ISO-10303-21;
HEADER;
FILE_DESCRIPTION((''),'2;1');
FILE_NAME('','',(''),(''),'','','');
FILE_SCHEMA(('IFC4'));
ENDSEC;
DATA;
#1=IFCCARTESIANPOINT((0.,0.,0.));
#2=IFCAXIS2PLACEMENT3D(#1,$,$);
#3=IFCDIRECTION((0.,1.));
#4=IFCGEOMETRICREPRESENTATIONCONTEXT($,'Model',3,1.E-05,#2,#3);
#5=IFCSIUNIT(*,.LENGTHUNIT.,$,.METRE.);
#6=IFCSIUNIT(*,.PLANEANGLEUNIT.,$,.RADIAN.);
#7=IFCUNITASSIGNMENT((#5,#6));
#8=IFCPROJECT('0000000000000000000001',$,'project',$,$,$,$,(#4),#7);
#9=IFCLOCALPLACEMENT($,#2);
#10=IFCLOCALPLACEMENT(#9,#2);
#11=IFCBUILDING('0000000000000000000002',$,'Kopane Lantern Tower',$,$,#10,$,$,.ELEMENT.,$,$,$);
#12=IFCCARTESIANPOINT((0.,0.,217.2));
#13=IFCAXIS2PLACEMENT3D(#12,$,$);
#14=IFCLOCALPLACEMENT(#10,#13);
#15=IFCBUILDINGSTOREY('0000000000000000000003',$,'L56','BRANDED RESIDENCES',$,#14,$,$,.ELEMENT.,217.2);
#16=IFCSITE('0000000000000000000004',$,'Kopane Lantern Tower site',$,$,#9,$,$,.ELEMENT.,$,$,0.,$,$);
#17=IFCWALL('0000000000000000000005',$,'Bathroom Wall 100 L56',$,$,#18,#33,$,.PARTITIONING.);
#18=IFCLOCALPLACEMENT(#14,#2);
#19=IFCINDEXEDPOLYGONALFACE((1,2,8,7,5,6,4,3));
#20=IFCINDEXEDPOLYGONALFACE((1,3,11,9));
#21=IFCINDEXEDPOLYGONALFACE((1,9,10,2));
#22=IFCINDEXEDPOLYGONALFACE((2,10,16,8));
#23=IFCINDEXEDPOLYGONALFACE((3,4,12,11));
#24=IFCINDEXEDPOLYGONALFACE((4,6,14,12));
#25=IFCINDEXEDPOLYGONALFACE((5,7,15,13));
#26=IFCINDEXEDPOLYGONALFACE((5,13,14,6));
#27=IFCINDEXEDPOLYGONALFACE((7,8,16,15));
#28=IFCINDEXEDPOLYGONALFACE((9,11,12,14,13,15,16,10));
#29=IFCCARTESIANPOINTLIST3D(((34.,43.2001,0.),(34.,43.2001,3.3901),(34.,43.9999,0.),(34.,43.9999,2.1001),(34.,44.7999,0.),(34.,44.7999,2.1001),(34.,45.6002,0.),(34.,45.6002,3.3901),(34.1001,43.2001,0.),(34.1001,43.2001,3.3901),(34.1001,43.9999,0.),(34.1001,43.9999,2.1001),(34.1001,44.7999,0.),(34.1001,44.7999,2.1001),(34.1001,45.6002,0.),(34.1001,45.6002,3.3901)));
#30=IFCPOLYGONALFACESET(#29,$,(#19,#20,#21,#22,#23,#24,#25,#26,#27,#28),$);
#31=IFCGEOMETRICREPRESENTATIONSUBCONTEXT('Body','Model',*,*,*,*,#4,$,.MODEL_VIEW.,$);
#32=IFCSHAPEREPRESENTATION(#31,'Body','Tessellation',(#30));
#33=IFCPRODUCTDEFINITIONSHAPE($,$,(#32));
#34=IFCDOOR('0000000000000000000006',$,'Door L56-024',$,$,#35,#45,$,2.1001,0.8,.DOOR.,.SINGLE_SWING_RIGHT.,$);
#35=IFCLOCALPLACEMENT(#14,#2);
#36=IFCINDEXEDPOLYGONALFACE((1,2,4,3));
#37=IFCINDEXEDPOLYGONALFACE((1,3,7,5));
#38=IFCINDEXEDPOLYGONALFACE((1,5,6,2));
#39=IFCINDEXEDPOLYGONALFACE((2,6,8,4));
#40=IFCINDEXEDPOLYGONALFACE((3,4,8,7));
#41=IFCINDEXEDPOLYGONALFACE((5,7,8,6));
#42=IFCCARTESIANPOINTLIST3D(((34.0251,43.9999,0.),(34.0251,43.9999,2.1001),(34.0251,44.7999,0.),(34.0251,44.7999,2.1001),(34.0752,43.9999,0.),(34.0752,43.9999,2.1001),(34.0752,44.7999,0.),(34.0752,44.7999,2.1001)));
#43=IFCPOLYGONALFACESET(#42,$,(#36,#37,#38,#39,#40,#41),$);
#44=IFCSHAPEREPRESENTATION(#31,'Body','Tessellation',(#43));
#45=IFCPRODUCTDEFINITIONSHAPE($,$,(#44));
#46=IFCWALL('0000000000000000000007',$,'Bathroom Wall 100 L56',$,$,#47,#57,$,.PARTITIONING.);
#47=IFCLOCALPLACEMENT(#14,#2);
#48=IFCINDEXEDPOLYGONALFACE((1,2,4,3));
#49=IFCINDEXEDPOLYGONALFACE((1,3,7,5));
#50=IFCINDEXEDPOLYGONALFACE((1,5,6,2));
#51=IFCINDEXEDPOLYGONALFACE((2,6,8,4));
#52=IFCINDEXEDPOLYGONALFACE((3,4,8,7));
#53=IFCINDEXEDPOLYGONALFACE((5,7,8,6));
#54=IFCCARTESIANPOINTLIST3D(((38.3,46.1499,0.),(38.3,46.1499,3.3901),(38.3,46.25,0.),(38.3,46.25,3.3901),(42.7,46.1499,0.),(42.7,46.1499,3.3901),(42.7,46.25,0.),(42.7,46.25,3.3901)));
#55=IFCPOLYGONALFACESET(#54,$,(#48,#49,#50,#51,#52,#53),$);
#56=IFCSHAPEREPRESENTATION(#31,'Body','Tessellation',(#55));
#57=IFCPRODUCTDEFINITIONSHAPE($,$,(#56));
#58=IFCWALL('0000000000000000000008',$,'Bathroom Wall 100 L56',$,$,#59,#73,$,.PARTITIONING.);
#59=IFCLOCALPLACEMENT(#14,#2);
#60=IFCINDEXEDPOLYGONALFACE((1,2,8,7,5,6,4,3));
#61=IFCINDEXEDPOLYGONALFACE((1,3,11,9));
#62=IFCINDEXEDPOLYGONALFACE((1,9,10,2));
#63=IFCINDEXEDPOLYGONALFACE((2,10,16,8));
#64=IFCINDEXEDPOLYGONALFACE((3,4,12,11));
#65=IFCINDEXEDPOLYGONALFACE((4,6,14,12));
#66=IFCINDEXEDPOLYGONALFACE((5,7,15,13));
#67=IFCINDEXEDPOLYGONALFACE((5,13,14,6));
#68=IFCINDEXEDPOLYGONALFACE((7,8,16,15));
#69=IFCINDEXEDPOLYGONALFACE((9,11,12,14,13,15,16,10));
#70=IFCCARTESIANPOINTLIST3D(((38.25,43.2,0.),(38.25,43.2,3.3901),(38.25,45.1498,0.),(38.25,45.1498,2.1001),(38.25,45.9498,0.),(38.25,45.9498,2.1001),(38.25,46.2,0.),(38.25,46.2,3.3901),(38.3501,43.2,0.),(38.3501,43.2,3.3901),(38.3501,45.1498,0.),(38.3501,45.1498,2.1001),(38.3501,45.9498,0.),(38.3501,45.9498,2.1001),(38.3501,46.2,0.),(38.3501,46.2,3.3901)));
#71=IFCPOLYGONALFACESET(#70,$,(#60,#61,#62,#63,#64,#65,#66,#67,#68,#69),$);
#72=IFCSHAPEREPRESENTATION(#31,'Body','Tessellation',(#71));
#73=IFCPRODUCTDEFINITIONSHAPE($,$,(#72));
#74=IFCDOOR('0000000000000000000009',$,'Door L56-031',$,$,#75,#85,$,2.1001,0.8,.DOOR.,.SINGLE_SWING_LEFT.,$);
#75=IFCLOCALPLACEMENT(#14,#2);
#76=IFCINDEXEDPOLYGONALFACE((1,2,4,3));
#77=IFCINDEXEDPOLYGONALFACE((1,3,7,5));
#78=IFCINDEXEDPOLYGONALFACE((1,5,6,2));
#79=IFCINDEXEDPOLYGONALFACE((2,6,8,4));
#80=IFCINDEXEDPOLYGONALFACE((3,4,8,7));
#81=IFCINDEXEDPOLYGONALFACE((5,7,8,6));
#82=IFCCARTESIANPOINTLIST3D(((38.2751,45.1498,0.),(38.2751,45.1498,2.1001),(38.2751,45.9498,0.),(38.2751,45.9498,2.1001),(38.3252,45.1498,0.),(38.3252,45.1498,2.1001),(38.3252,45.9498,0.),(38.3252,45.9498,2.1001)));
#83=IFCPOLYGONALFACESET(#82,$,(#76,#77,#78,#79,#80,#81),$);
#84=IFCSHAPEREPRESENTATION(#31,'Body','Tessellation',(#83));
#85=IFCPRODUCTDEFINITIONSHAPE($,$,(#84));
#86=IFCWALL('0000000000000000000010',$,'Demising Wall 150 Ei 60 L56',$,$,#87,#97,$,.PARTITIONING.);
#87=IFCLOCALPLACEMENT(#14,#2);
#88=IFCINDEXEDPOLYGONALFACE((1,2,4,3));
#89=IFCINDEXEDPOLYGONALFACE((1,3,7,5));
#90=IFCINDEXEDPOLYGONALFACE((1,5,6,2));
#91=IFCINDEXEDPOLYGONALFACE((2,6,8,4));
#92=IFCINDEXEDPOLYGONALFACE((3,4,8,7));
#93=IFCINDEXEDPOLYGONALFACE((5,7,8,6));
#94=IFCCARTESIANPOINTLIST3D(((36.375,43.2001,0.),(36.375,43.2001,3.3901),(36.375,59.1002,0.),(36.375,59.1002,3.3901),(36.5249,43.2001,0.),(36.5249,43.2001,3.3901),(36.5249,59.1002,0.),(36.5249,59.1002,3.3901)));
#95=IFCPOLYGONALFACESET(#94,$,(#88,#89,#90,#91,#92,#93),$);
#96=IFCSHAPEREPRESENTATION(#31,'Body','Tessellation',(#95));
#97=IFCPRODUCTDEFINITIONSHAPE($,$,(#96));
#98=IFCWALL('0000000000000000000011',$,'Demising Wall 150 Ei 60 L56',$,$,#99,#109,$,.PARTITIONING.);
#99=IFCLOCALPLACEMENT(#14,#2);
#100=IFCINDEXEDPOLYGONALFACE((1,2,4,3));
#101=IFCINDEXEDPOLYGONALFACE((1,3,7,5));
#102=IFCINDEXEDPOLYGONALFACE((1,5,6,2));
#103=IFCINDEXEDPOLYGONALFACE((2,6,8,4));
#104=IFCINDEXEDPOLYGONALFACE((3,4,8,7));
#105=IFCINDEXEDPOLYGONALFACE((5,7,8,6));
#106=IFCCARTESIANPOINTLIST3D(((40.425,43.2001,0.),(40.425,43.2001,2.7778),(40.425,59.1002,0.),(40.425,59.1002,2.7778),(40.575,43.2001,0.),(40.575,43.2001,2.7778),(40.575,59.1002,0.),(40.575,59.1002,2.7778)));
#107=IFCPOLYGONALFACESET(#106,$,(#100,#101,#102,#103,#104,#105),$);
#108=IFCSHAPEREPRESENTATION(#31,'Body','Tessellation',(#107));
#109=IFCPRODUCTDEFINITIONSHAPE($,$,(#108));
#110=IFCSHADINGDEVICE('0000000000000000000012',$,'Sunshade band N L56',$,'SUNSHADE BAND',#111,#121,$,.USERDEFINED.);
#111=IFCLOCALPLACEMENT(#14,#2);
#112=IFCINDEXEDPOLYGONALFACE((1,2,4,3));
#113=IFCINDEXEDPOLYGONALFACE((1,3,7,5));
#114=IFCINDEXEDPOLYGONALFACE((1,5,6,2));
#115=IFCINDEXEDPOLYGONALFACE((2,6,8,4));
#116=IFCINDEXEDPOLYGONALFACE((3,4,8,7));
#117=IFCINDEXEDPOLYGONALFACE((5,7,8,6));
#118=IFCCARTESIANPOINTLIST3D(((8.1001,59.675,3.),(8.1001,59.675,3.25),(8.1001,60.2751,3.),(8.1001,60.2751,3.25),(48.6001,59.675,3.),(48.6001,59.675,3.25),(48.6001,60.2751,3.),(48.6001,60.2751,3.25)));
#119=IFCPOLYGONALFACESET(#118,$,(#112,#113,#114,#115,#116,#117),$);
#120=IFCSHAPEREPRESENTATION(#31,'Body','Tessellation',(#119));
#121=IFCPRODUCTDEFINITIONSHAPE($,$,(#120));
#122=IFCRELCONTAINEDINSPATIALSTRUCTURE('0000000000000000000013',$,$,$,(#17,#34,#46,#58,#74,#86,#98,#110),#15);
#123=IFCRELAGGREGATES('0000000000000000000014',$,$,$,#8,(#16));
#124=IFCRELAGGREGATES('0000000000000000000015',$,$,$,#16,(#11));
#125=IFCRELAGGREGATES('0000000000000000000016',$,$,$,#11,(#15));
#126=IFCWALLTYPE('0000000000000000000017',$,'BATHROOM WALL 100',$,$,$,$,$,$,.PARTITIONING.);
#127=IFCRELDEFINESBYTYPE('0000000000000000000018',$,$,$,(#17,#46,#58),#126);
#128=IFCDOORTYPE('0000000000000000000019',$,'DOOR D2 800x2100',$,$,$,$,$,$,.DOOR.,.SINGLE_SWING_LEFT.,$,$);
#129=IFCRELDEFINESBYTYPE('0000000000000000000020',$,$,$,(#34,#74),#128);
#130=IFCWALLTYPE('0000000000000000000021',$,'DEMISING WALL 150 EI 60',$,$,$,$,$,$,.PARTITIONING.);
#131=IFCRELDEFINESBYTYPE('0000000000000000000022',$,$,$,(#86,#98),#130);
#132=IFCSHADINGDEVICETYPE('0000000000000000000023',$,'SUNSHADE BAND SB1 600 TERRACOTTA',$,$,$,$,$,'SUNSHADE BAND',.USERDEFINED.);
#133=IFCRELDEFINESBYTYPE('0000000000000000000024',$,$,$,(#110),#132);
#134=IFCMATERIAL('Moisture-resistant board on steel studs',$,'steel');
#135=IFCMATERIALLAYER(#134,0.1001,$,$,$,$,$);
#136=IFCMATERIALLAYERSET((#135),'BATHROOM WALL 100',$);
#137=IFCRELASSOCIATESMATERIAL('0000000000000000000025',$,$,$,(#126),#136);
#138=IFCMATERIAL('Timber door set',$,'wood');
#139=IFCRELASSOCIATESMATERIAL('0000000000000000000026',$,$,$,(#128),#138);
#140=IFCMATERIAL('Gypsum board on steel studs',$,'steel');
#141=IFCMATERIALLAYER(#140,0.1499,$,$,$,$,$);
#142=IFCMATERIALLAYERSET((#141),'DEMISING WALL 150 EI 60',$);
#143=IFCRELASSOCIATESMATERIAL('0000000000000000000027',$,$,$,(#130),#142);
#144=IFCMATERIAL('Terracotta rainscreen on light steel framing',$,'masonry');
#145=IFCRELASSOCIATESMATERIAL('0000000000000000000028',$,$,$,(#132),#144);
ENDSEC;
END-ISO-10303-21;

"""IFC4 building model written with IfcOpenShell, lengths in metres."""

from ifc_helpers import new_model, si_unit, direction, frame, frame_2d, origin, origin_2d, place, context, subcontext, project, spatial, rectangle, extrude, material, layer, layer_set, type_object, element, fill, save


model = new_model("IFC4")

# Units and contexts
model_context = context("Model", 3, precision=1e-05, world=origin(), true_north=direction((0.0, 1.0)))
body_context = subcontext(model_context, "Body", "Model", "MODEL_VIEW")
ifc_project = project(units=[si_unit("LENGTHUNIT", "METRE"), si_unit("PLANEANGLEUNIT", "RADIAN")], contexts=[model_context])

# Site, building, storey
site_placement = place(None, origin())
site = spatial("IfcSite", under=ifc_project, at=site_placement, Name="Kopane Lantern Tower site", CompositionType="ELEMENT", RefElevation=0.0)
building_placement = place(site_placement, origin())
building = spatial("IfcBuilding", under=site, at=building_placement, Name="Kopane Lantern Tower", CompositionType="ELEMENT")
storey_placement = place(building_placement, frame((0.0, 0.0, 217.2)))
storey = spatial("IfcBuildingStorey", under=building, at=storey_placement, Name="L56", Description="BRANDED RESIDENCES", CompositionType="ELEMENT", Elevation=217.2)

# Wall, opening, door
ifc_material_1 = material(Name="Moisture-resistant board on steel studs", Category="steel")
ifc_layer_1 = layer(ifc_material_1, 0.1001)
ifc_layer_set_1 = layer_set([ifc_layer_1], Name="BATHROOM WALL 100")
wall_type_1 = type_object("IfcWallType", Name="BATHROOM WALL 100", PredefinedType="PARTITIONING", material=ifc_layer_set_1)
wall_1_placement = place(storey_placement, frame((34.05, 43.2, 0.0), z_axis=(0.0, 0.0, 1.0), x_axis=(0.0, 1.0, 0.0)))
wall_1 = element("IfcWall", 1, at=wall_1_placement, inside=storey, type_object=wall_type_1, Name="Bathroom Wall 100 L56", PredefinedType="PARTITIONING", context=body_context, shape_type="SweptSolid", body=[
    extrude(rectangle(XDim=2.4001, YDim=0.1001, at=frame_2d((1.2002, 0.0))), origin(), (0.0, 0.0, 1.0), 3.3901),
])
opening_1_placement = place(wall_1_placement, frame((0.8, 0.0, 0.0)))
opening_1 = element("IfcOpeningElement", 2, at=opening_1_placement, cuts=wall_1, PredefinedType="OPENING", context=body_context, shape_type="SweptSolid", body=[
    extrude(rectangle(XDim=0.8, YDim=2.1001, at=frame_2d((0.3999, 1.05))), frame((0.0, 0.0601, 0.0), z_axis=(0.0, -1.0, 0.0), x_axis=(1.0, 0.0, 0.0)), (0.0, 0.0, 1.0), 0.1201),
])
ifc_material_2 = material(Name="Timber door set", Category="wood")
door_type_1 = type_object("IfcDoorType", Name="DOOR D2 800x2100", OperationType="SINGLE_SWING_LEFT", PredefinedType="DOOR", material=ifc_material_2)
door_1_placement = place(opening_1_placement, origin())
door_1 = element("IfcDoor", 3, at=door_1_placement, inside=storey, type_object=door_type_1, Name="Door L56-024", OperationType="SINGLE_SWING_RIGHT", OverallHeight=2.1001, OverallWidth=0.8, PredefinedType="DOOR", context=body_context, shape_type="SweptSolid", body=[
    extrude(rectangle(XDim=0.8, YDim=2.1001, at=frame_2d((0.3999, 1.05))), frame((0.0, 0.0249, 0.0), z_axis=(0.0, -1.0, 0.0), x_axis=(1.0, 0.0, 0.0)), (0.0, 0.0, 1.0), 0.05),
])
fill(opening_1, door_1)

# Wall
wall_2_placement = place(storey_placement, frame((38.3, 46.2, 0.0), z_axis=(0.0, 0.0, 1.0), x_axis=(1.0, 0.0, 0.0)))
element("IfcWall", 4, at=wall_2_placement, inside=storey, type_object=wall_type_1, Name="Bathroom Wall 100 L56", PredefinedType="PARTITIONING", context=body_context, shape_type="SweptSolid", body=[
    extrude(rectangle(XDim=4.3999, YDim=0.1001, at=frame_2d((2.2, 0.0))), origin(), (0.0, 0.0, 1.0), 3.3901),
])

# Wall, opening, door
wall_3_placement = place(storey_placement, frame((38.3, 43.2, 0.0), z_axis=(0.0, 0.0, 1.0), x_axis=(0.0, 1.0, 0.0)))
wall_3 = element("IfcWall", 5, at=wall_3_placement, inside=storey, type_object=wall_type_1, Name="Bathroom Wall 100 L56", PredefinedType="PARTITIONING", context=body_context, shape_type="SweptSolid", body=[
    extrude(rectangle(XDim=3.0, YDim=0.1001, at=frame_2d((1.5, 0.0))), origin(), (0.0, 0.0, 1.0), 3.3901),
])
opening_2_placement = place(wall_3_placement, frame((1.95, 0.0, 0.0)))
opening_2 = element("IfcOpeningElement", 6, at=opening_2_placement, cuts=wall_3, PredefinedType="OPENING", context=body_context, shape_type="SweptSolid", body=[
    extrude(rectangle(XDim=0.8, YDim=2.1001, at=frame_2d((0.3999, 1.05))), frame((0.0, 0.0601, 0.0), z_axis=(0.0, -1.0, 0.0), x_axis=(1.0, 0.0, 0.0)), (0.0, 0.0, 1.0), 0.1201),
])
door_2_placement = place(opening_2_placement, origin())
door_2 = element("IfcDoor", 7, at=door_2_placement, inside=storey, type_object=door_type_1, Name="Door L56-031", OperationType="SINGLE_SWING_LEFT", OverallHeight=2.1001, OverallWidth=0.8, PredefinedType="DOOR", context=body_context, shape_type="SweptSolid", body=[
    extrude(rectangle(XDim=0.8, YDim=2.1001, at=frame_2d((0.3999, 1.05))), frame((0.0, 0.0249, 0.0), z_axis=(0.0, -1.0, 0.0), x_axis=(1.0, 0.0, 0.0)), (0.0, 0.0, 1.0), 0.05),
])
fill(opening_2, door_2)

# Walls
ifc_material_3 = material(Name="Gypsum board on steel studs", Category="steel")
ifc_layer_2 = layer(ifc_material_3, 0.1499)
ifc_layer_set_2 = layer_set([ifc_layer_2], Name="DEMISING WALL 150 EI 60")
wall_type_2 = type_object("IfcWallType", Name="DEMISING WALL 150 EI 60", PredefinedType="PARTITIONING", material=ifc_layer_set_2)
wall_4_placement = place(storey_placement, frame((36.45, 43.2, 0.0), z_axis=(0.0, 0.0, 1.0), x_axis=(0.0, 1.0, 0.0)))
element("IfcWall", 8, at=wall_4_placement, inside=storey, type_object=wall_type_2, Name="Demising Wall 150 Ei 60 L56", PredefinedType="PARTITIONING", context=body_context, shape_type="SweptSolid", body=[
    extrude(rectangle(XDim=15.9001, YDim=0.1499, at=frame_2d((7.9502, 0.0))), origin(), (0.0, 0.0, 1.0), 3.3901),
])
wall_5_placement = place(storey_placement, frame((40.5, 43.2, 0.0), z_axis=(0.0, 0.0, 1.0), x_axis=(0.0, 1.0, 0.0)))
element("IfcWall", 9, at=wall_5_placement, inside=storey, type_object=wall_type_2, Name="Demising Wall 150 Ei 60 L56", PredefinedType="PARTITIONING", context=body_context, shape_type="SweptSolid", body=[
    extrude(rectangle(XDim=15.9001, YDim=0.1499, at=frame_2d((7.9502, 0.0))), origin(), (0.0, 0.0, 1.0), 2.7778),
])

# Shading device
ifc_material_4 = material(Name="Terracotta rainscreen on light steel framing", Category="masonry")
shading_device_type = type_object("IfcShadingDeviceType", Name="SUNSHADE BAND SB1 600 TERRACOTTA", ElementType="SUNSHADE BAND", PredefinedType="USERDEFINED", material=ifc_material_4)
shading_device_placement = place(storey_placement, frame((28.3501, 59.9751, 3.0), z_axis=(0.0, 0.0, 1.0), x_axis=(-1.0, 0.0, 0.0)))
element("IfcShadingDevice", 10, at=shading_device_placement, inside=storey, type_object=shading_device_type, Name="Sunshade band N L56", ObjectType="SUNSHADE BAND", PredefinedType="USERDEFINED", context=body_context, shape_type="SweptSolid", body=[
    extrude(rectangle(XDim=40.5, YDim=0.6001, at=origin_2d()), origin(), (0.0, 0.0, 1.0), 0.25),
])

save(model, "model.ifc")
